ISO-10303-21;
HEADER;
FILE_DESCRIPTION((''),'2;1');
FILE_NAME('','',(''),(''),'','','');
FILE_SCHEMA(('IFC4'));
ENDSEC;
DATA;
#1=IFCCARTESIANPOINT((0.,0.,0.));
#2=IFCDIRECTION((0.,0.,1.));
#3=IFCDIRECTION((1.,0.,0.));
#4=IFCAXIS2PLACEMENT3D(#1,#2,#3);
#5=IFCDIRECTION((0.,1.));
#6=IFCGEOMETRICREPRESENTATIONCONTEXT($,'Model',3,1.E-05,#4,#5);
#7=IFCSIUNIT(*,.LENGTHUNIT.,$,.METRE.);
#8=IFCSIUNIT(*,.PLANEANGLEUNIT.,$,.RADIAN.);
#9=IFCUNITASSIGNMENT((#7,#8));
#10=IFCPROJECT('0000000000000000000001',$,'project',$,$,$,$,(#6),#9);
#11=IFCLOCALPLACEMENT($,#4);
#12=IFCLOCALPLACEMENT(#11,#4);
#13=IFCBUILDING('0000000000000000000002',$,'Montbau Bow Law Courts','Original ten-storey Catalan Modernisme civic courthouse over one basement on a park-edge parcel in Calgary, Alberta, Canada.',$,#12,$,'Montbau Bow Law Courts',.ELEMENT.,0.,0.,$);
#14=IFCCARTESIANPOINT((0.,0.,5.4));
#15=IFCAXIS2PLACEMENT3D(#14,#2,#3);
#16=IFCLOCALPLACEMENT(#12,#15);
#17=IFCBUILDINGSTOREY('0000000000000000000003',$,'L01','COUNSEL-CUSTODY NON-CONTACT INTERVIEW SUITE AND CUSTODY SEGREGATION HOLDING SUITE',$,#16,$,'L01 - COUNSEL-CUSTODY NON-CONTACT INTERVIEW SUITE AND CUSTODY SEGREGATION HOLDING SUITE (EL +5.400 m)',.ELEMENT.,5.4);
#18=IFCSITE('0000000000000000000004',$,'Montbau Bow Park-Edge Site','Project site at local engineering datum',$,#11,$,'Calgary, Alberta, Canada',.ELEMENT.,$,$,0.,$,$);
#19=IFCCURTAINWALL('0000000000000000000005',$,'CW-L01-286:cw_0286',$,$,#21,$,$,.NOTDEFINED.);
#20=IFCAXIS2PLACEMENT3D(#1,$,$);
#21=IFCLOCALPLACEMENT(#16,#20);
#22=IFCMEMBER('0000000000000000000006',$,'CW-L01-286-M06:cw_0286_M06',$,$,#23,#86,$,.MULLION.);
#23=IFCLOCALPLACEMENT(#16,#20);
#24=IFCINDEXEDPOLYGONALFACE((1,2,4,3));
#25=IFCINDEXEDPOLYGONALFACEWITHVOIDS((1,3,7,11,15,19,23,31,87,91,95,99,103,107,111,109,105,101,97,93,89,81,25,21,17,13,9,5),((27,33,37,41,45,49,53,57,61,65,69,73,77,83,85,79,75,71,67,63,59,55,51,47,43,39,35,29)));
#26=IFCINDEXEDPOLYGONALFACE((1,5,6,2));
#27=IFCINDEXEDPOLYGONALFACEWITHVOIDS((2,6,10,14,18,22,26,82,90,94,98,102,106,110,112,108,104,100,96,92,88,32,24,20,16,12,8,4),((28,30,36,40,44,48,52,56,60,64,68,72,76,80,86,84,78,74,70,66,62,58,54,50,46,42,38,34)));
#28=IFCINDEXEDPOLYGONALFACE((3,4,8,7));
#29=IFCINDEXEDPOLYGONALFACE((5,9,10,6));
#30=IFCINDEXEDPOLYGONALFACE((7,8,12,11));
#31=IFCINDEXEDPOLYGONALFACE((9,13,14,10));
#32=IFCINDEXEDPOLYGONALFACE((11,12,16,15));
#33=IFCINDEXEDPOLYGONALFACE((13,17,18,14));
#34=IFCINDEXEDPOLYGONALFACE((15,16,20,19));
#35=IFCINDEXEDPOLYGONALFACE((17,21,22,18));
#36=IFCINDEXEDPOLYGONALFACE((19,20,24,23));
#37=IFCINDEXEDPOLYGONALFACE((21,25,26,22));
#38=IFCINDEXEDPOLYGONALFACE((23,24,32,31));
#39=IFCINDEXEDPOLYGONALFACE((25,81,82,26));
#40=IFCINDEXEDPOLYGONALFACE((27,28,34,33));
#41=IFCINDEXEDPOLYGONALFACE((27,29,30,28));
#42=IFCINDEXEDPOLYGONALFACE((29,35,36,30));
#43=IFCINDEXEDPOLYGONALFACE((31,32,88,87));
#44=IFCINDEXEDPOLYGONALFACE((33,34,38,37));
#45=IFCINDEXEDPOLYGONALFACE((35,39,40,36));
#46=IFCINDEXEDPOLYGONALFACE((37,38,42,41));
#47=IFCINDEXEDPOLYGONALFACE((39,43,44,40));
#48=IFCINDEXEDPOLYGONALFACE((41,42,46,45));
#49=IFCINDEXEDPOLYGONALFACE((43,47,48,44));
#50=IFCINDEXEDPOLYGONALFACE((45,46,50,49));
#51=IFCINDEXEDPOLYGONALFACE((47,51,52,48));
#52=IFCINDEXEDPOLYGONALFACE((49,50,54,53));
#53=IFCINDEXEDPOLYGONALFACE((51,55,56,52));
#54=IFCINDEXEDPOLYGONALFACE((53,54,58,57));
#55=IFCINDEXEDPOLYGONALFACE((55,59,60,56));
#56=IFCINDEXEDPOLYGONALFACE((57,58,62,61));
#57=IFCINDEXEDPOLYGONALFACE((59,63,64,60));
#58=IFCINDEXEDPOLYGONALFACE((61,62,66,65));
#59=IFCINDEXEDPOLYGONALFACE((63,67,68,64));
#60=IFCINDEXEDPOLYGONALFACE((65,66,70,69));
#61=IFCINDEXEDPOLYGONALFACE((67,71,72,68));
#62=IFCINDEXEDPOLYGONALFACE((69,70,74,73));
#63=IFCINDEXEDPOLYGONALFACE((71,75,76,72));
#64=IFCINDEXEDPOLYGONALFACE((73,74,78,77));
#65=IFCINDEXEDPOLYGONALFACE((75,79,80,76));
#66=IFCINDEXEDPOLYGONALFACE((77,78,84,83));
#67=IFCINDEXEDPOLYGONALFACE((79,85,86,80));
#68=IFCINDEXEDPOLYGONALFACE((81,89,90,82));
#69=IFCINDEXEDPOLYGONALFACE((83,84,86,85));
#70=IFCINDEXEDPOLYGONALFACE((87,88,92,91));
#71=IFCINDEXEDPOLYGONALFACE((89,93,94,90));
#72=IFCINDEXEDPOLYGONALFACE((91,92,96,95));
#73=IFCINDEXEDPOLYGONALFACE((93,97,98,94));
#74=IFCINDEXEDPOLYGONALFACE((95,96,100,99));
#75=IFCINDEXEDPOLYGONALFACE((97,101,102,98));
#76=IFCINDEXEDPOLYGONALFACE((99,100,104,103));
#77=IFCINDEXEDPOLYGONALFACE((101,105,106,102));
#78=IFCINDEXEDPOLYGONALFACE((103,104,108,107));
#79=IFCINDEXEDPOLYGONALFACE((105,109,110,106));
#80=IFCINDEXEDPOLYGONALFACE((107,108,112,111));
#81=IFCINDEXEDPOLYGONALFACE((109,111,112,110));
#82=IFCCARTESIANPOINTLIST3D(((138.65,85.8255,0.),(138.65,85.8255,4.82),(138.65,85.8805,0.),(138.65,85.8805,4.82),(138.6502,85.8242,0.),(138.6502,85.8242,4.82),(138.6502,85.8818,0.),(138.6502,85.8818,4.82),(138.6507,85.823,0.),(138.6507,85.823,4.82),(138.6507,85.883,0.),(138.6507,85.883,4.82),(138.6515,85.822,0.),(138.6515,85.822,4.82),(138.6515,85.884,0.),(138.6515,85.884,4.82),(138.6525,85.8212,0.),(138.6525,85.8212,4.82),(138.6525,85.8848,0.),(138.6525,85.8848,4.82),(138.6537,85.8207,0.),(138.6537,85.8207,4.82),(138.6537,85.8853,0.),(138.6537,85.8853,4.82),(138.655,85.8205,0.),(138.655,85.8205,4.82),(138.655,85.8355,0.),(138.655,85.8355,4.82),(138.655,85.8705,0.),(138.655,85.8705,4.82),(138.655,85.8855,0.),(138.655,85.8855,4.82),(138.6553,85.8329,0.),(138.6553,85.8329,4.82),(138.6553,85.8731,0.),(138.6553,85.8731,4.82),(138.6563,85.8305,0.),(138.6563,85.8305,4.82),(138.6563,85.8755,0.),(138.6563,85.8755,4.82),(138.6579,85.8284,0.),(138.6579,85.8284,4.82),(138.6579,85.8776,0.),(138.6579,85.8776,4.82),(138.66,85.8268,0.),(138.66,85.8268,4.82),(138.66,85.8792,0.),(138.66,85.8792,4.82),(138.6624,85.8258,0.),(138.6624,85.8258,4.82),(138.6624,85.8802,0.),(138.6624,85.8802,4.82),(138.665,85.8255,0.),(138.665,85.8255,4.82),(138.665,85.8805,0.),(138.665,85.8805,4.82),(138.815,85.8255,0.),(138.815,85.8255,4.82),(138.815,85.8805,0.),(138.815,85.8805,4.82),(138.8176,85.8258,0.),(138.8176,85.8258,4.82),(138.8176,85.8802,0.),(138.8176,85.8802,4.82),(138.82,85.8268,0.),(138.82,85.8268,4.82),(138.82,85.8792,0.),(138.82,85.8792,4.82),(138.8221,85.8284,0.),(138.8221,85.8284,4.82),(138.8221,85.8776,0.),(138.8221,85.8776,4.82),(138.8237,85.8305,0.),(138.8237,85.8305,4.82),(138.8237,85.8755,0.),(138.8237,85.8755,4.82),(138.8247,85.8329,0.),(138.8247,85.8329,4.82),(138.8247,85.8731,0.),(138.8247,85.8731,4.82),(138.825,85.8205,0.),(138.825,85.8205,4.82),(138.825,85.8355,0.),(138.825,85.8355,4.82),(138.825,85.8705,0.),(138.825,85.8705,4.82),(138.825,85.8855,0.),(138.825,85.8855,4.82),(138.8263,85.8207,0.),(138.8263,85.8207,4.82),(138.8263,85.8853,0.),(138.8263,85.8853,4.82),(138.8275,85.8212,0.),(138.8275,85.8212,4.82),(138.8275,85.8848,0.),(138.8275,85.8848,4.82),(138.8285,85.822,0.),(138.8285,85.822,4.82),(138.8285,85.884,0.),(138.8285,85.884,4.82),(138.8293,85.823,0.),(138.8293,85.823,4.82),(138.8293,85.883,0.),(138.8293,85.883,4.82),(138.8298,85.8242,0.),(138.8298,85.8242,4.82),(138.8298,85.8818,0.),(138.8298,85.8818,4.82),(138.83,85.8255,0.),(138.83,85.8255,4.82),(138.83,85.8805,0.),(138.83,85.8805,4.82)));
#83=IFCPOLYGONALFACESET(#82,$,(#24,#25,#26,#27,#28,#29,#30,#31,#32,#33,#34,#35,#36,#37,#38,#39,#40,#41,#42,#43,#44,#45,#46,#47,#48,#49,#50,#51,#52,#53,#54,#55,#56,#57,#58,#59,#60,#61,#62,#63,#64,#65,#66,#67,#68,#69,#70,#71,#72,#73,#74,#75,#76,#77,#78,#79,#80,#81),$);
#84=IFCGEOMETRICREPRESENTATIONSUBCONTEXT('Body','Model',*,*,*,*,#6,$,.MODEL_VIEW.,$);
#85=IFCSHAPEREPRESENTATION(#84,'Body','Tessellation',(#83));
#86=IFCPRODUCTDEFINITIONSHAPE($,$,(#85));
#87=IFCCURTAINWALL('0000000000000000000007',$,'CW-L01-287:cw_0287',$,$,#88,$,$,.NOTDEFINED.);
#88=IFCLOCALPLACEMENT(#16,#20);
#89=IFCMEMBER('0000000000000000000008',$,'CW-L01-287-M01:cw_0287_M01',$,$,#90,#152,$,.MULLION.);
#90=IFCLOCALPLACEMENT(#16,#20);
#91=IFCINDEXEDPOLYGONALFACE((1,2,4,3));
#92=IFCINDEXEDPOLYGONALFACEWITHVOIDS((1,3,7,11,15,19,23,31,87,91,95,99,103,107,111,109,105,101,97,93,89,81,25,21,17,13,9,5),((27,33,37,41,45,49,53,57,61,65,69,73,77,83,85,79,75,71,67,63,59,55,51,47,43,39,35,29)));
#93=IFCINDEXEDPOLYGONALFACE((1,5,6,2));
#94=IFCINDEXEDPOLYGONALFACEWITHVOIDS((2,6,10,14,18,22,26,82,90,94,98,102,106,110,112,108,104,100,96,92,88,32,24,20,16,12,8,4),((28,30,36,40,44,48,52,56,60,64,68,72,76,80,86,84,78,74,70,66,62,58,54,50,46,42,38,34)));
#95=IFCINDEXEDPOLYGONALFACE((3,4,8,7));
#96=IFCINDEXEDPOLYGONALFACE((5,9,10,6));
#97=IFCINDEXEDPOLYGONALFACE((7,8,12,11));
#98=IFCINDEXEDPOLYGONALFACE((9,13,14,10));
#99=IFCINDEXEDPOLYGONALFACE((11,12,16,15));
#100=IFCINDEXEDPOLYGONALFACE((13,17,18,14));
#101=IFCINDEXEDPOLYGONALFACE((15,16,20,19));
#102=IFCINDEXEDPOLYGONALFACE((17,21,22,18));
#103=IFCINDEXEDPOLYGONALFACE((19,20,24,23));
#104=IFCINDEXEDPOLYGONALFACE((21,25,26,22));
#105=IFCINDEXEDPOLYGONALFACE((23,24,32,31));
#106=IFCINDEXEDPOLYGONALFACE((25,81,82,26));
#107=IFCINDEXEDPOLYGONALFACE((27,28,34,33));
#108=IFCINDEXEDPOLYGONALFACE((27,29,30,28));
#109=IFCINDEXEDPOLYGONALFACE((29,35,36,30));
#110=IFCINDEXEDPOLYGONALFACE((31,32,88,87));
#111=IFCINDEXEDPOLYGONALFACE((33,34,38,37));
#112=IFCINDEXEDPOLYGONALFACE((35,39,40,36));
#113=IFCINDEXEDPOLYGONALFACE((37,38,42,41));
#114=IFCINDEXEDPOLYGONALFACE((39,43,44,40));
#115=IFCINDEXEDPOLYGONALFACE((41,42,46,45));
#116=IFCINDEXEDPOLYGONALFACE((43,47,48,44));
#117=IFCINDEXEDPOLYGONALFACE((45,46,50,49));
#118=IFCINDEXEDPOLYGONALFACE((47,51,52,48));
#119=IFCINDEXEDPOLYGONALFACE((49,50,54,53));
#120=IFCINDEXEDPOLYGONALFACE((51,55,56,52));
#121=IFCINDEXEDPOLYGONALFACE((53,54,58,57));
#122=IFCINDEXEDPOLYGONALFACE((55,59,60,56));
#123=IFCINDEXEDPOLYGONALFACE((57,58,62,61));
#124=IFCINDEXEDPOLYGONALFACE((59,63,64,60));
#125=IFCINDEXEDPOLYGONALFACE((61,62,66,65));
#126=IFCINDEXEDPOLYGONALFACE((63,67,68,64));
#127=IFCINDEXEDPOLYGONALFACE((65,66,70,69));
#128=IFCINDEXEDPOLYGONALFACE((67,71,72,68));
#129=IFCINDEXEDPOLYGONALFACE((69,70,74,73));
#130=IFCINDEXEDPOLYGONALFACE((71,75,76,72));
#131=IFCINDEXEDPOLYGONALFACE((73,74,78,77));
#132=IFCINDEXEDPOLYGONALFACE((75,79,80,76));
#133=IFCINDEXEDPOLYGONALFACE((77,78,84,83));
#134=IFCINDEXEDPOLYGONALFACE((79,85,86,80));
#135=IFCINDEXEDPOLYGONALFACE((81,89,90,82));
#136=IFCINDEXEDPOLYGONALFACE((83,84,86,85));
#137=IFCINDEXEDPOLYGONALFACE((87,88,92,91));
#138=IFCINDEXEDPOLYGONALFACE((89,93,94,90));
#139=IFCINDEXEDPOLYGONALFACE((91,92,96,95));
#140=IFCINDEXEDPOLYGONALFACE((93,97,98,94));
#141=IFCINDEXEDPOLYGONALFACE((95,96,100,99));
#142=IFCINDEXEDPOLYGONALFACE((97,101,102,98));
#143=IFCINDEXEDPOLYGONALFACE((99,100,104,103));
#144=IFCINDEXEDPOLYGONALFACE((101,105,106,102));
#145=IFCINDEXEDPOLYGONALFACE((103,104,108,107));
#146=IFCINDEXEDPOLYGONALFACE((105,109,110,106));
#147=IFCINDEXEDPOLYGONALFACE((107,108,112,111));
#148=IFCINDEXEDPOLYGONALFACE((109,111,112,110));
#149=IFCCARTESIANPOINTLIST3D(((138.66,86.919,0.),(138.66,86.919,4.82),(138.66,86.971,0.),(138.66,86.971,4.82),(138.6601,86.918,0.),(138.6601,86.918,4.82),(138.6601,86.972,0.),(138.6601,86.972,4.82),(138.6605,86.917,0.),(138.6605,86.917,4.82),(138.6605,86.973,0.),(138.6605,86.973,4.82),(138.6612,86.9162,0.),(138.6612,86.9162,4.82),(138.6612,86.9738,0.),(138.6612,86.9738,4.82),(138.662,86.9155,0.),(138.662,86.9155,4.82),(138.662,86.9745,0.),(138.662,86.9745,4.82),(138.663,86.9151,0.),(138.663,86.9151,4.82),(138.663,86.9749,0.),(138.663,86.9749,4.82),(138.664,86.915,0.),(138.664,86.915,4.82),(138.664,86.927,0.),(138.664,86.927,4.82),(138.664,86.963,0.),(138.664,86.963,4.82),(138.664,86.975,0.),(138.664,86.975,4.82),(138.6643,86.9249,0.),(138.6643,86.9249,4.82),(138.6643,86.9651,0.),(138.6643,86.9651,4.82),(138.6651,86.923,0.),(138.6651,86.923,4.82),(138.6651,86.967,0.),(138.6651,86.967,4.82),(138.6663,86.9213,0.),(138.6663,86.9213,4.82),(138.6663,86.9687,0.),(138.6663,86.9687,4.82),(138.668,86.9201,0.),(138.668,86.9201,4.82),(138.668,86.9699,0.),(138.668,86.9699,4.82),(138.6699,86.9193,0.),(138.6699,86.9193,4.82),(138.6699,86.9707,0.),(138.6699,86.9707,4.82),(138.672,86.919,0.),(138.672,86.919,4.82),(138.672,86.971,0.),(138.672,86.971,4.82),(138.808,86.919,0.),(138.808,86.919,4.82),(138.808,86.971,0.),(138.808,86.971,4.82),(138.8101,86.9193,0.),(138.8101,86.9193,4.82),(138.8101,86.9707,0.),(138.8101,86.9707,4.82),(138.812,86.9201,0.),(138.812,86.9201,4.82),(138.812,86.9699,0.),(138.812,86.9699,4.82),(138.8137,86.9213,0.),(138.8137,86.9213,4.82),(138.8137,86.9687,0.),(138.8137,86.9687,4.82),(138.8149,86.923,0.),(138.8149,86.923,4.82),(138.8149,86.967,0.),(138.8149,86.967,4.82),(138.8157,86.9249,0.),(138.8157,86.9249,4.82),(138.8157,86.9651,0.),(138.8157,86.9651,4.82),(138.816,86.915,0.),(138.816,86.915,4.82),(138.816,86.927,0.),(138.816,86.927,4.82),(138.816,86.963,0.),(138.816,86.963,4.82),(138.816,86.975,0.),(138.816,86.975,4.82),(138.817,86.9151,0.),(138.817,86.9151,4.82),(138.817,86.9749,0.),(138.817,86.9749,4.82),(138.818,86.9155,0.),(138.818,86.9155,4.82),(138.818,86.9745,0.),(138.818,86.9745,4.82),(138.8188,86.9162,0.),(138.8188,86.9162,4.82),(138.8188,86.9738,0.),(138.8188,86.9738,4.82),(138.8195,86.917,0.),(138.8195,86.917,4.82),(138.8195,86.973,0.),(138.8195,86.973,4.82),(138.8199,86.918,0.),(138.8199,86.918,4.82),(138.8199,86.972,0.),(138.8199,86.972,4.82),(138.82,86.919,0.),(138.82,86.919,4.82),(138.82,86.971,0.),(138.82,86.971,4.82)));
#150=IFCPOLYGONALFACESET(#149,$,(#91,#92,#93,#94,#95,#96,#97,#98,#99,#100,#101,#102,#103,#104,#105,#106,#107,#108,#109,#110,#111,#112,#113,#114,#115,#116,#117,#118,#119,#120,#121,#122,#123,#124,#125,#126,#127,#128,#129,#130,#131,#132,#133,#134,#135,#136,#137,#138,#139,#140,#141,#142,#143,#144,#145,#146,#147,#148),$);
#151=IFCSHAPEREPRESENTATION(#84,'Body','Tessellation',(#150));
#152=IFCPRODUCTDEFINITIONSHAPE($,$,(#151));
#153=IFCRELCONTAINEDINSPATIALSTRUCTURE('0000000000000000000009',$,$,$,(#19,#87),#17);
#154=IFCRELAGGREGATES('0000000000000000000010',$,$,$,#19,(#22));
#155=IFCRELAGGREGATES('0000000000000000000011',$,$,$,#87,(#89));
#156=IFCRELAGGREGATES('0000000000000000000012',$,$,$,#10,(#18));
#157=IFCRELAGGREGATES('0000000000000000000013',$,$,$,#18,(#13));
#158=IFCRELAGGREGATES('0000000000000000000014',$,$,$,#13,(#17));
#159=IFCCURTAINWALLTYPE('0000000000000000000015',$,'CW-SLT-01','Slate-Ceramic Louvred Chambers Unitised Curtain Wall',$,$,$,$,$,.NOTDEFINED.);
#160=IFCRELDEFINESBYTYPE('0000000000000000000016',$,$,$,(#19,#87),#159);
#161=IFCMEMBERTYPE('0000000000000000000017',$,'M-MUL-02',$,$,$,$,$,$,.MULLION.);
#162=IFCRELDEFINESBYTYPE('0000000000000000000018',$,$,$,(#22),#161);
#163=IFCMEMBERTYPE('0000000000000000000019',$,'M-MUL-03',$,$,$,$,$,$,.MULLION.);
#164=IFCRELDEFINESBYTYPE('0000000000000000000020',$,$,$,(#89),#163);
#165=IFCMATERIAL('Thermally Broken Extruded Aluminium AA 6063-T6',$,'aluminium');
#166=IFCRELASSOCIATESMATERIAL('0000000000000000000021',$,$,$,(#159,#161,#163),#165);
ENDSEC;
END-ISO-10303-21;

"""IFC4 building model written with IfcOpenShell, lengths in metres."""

from ifc_helpers import new_model, si_unit, direction, frame, origin_with_axes, origin_2d_with_axis, place, context, subcontext, project, spatial, hollow_rectangle, extrude, material, material_profile, profile_set, type_object, element, aggregate, save


model = new_model("IFC4")

# Units and contexts
model_context = context("Model", 3, precision=1e-05, world=origin_with_axes(), true_north=direction((0.0, 1.0)))
body_context = subcontext(model_context, "Body", "Model", "MODEL_VIEW")
ifc_project = project(units=[si_unit("LENGTHUNIT", "METRE"), si_unit("PLANEANGLEUNIT", "RADIAN")], contexts=[model_context])

# Site, building, storey
site_placement = place(None, origin_with_axes())
site = spatial("IfcSite", under=ifc_project, at=site_placement, Name="Montbau Bow Park-Edge Site", Description="Project site at local engineering datum", LongName="Calgary, Alberta, Canada", CompositionType="ELEMENT", RefElevation=0.0)
building_placement = place(site_placement, origin_with_axes())
building = spatial("IfcBuilding", under=site, at=building_placement, Name="Montbau Bow Law Courts", Description="Original ten-storey Catalan Modernisme civic courthouse over one basement on a park-edge parcel in Calgary, Alberta, Canada.", LongName="Montbau Bow Law Courts", CompositionType="ELEMENT", ElevationOfRefHeight=0.0, ElevationOfTerrain=0.0)
storey_placement = place(building_placement, frame((0.0, 0.0, 5.4), z_axis=(0.0, 0.0, 1.0), x_axis=(1.0, 0.0, 0.0)))
storey = spatial("IfcBuildingStorey", under=building, at=storey_placement, Name="L01", Description="COUNSEL-CUSTODY NON-CONTACT INTERVIEW SUITE AND CUSTODY SEGREGATION HOLDING SUITE", LongName="L01 - COUNSEL-CUSTODY NON-CONTACT INTERVIEW SUITE AND CUSTODY SEGREGATION HOLDING SUITE (EL +5.400 m)", CompositionType="ELEMENT", Elevation=5.4)

# Curtain walls, members
ifc_material_1 = material(Name="Thermally Broken Extruded Aluminium AA 6063-T6", Category="aluminium")
curtain_wall_type = type_object("IfcCurtainWallType", Name="CW-SLT-01", Description="Slate-Ceramic Louvred Chambers Unitised Curtain Wall", PredefinedType="NOTDEFINED", material=ifc_material_1)
curtain_wall_1_placement = place(None, frame((138.74, 78.515, 5.4), z_axis=(0.0, 0.0, 1.0), x_axis=(1.0, 0.0, 0.0)))
curtain_wall_1 = element("IfcCurtainWall", 1, at=curtain_wall_1_placement, inside=storey, type_object=curtain_wall_type, Name="CW-L01-286:cw_0286", PredefinedType="NOTDEFINED")
ifc_material_profile_1 = material_profile(ifc_material_1, hollow_rectangle(XDim=0.065, YDim=0.18, WallThickness=0.005, InnerFilletRadius=0.01, OuterFilletRadius=0.005, at=origin_2d_with_axis()), Name="CWM-180X65", Category="Main", Priority=0)
ifc_profile_set_1 = profile_set([ifc_material_profile_1], Name="Thermally Broken Extruded Aluminium AA 6063-T6")
member_type_1 = type_object("IfcMemberType", Name="M-MUL-02", PredefinedType="MULLION", material=ifc_profile_set_1)
member_1_placement = place(None, frame((138.74, 85.853, 5.4), z_axis=(0.0, 0.0, 1.0), x_axis=(0.0, 1.0, 0.0)))
member_1 = element("IfcMember", 2, at=member_1_placement, type_object=member_type_1, Name="CW-L01-286-M06:cw_0286_M06", PredefinedType="MULLION", context=body_context, shape_type="SweptSolid", body=[
    extrude(hollow_rectangle(XDim=0.065, YDim=0.18, WallThickness=0.005, InnerFilletRadius=0.01, OuterFilletRadius=0.005, at=origin_2d_with_axis()), origin_with_axes(), (0.0, 0.0, 1.0), 4.82),
])
curtain_wall_2_placement = place(None, frame((138.74, 86.915, 5.4), z_axis=(0.0, 0.0, 1.0), x_axis=(1.0, 0.0, 0.0)))
curtain_wall_2 = element("IfcCurtainWall", 3, at=curtain_wall_2_placement, inside=storey, type_object=curtain_wall_type, Name="CW-L01-287:cw_0287", PredefinedType="NOTDEFINED")
ifc_material_profile_2 = material_profile(ifc_material_1, hollow_rectangle(XDim=0.06, YDim=0.16, WallThickness=0.004, InnerFilletRadius=0.008, OuterFilletRadius=0.004, at=origin_2d_with_axis()), Name="CWM-160X60", Category="Main", Priority=0)
ifc_profile_set_2 = profile_set([ifc_material_profile_2], Name="Thermally Broken Extruded Aluminium AA 6063-T6")
member_type_2 = type_object("IfcMemberType", Name="M-MUL-03", PredefinedType="MULLION", material=ifc_profile_set_2)
member_2_placement = place(None, frame((138.74, 86.945, 5.4), z_axis=(0.0, 0.0, 1.0), x_axis=(0.0, 1.0, 0.0)))
member_2 = element("IfcMember", 4, at=member_2_placement, type_object=member_type_2, Name="CW-L01-287-M01:cw_0287_M01", PredefinedType="MULLION", context=body_context, shape_type="SweptSolid", body=[
    extrude(hollow_rectangle(XDim=0.06, YDim=0.16, WallThickness=0.004, InnerFilletRadius=0.008, OuterFilletRadius=0.004, at=origin_2d_with_axis()), origin_with_axes(), (0.0, 0.0, 1.0), 4.82),
])

aggregate(curtain_wall_1, [member_1])
aggregate(curtain_wall_2, [member_2])

save(model, "model.ifc")
